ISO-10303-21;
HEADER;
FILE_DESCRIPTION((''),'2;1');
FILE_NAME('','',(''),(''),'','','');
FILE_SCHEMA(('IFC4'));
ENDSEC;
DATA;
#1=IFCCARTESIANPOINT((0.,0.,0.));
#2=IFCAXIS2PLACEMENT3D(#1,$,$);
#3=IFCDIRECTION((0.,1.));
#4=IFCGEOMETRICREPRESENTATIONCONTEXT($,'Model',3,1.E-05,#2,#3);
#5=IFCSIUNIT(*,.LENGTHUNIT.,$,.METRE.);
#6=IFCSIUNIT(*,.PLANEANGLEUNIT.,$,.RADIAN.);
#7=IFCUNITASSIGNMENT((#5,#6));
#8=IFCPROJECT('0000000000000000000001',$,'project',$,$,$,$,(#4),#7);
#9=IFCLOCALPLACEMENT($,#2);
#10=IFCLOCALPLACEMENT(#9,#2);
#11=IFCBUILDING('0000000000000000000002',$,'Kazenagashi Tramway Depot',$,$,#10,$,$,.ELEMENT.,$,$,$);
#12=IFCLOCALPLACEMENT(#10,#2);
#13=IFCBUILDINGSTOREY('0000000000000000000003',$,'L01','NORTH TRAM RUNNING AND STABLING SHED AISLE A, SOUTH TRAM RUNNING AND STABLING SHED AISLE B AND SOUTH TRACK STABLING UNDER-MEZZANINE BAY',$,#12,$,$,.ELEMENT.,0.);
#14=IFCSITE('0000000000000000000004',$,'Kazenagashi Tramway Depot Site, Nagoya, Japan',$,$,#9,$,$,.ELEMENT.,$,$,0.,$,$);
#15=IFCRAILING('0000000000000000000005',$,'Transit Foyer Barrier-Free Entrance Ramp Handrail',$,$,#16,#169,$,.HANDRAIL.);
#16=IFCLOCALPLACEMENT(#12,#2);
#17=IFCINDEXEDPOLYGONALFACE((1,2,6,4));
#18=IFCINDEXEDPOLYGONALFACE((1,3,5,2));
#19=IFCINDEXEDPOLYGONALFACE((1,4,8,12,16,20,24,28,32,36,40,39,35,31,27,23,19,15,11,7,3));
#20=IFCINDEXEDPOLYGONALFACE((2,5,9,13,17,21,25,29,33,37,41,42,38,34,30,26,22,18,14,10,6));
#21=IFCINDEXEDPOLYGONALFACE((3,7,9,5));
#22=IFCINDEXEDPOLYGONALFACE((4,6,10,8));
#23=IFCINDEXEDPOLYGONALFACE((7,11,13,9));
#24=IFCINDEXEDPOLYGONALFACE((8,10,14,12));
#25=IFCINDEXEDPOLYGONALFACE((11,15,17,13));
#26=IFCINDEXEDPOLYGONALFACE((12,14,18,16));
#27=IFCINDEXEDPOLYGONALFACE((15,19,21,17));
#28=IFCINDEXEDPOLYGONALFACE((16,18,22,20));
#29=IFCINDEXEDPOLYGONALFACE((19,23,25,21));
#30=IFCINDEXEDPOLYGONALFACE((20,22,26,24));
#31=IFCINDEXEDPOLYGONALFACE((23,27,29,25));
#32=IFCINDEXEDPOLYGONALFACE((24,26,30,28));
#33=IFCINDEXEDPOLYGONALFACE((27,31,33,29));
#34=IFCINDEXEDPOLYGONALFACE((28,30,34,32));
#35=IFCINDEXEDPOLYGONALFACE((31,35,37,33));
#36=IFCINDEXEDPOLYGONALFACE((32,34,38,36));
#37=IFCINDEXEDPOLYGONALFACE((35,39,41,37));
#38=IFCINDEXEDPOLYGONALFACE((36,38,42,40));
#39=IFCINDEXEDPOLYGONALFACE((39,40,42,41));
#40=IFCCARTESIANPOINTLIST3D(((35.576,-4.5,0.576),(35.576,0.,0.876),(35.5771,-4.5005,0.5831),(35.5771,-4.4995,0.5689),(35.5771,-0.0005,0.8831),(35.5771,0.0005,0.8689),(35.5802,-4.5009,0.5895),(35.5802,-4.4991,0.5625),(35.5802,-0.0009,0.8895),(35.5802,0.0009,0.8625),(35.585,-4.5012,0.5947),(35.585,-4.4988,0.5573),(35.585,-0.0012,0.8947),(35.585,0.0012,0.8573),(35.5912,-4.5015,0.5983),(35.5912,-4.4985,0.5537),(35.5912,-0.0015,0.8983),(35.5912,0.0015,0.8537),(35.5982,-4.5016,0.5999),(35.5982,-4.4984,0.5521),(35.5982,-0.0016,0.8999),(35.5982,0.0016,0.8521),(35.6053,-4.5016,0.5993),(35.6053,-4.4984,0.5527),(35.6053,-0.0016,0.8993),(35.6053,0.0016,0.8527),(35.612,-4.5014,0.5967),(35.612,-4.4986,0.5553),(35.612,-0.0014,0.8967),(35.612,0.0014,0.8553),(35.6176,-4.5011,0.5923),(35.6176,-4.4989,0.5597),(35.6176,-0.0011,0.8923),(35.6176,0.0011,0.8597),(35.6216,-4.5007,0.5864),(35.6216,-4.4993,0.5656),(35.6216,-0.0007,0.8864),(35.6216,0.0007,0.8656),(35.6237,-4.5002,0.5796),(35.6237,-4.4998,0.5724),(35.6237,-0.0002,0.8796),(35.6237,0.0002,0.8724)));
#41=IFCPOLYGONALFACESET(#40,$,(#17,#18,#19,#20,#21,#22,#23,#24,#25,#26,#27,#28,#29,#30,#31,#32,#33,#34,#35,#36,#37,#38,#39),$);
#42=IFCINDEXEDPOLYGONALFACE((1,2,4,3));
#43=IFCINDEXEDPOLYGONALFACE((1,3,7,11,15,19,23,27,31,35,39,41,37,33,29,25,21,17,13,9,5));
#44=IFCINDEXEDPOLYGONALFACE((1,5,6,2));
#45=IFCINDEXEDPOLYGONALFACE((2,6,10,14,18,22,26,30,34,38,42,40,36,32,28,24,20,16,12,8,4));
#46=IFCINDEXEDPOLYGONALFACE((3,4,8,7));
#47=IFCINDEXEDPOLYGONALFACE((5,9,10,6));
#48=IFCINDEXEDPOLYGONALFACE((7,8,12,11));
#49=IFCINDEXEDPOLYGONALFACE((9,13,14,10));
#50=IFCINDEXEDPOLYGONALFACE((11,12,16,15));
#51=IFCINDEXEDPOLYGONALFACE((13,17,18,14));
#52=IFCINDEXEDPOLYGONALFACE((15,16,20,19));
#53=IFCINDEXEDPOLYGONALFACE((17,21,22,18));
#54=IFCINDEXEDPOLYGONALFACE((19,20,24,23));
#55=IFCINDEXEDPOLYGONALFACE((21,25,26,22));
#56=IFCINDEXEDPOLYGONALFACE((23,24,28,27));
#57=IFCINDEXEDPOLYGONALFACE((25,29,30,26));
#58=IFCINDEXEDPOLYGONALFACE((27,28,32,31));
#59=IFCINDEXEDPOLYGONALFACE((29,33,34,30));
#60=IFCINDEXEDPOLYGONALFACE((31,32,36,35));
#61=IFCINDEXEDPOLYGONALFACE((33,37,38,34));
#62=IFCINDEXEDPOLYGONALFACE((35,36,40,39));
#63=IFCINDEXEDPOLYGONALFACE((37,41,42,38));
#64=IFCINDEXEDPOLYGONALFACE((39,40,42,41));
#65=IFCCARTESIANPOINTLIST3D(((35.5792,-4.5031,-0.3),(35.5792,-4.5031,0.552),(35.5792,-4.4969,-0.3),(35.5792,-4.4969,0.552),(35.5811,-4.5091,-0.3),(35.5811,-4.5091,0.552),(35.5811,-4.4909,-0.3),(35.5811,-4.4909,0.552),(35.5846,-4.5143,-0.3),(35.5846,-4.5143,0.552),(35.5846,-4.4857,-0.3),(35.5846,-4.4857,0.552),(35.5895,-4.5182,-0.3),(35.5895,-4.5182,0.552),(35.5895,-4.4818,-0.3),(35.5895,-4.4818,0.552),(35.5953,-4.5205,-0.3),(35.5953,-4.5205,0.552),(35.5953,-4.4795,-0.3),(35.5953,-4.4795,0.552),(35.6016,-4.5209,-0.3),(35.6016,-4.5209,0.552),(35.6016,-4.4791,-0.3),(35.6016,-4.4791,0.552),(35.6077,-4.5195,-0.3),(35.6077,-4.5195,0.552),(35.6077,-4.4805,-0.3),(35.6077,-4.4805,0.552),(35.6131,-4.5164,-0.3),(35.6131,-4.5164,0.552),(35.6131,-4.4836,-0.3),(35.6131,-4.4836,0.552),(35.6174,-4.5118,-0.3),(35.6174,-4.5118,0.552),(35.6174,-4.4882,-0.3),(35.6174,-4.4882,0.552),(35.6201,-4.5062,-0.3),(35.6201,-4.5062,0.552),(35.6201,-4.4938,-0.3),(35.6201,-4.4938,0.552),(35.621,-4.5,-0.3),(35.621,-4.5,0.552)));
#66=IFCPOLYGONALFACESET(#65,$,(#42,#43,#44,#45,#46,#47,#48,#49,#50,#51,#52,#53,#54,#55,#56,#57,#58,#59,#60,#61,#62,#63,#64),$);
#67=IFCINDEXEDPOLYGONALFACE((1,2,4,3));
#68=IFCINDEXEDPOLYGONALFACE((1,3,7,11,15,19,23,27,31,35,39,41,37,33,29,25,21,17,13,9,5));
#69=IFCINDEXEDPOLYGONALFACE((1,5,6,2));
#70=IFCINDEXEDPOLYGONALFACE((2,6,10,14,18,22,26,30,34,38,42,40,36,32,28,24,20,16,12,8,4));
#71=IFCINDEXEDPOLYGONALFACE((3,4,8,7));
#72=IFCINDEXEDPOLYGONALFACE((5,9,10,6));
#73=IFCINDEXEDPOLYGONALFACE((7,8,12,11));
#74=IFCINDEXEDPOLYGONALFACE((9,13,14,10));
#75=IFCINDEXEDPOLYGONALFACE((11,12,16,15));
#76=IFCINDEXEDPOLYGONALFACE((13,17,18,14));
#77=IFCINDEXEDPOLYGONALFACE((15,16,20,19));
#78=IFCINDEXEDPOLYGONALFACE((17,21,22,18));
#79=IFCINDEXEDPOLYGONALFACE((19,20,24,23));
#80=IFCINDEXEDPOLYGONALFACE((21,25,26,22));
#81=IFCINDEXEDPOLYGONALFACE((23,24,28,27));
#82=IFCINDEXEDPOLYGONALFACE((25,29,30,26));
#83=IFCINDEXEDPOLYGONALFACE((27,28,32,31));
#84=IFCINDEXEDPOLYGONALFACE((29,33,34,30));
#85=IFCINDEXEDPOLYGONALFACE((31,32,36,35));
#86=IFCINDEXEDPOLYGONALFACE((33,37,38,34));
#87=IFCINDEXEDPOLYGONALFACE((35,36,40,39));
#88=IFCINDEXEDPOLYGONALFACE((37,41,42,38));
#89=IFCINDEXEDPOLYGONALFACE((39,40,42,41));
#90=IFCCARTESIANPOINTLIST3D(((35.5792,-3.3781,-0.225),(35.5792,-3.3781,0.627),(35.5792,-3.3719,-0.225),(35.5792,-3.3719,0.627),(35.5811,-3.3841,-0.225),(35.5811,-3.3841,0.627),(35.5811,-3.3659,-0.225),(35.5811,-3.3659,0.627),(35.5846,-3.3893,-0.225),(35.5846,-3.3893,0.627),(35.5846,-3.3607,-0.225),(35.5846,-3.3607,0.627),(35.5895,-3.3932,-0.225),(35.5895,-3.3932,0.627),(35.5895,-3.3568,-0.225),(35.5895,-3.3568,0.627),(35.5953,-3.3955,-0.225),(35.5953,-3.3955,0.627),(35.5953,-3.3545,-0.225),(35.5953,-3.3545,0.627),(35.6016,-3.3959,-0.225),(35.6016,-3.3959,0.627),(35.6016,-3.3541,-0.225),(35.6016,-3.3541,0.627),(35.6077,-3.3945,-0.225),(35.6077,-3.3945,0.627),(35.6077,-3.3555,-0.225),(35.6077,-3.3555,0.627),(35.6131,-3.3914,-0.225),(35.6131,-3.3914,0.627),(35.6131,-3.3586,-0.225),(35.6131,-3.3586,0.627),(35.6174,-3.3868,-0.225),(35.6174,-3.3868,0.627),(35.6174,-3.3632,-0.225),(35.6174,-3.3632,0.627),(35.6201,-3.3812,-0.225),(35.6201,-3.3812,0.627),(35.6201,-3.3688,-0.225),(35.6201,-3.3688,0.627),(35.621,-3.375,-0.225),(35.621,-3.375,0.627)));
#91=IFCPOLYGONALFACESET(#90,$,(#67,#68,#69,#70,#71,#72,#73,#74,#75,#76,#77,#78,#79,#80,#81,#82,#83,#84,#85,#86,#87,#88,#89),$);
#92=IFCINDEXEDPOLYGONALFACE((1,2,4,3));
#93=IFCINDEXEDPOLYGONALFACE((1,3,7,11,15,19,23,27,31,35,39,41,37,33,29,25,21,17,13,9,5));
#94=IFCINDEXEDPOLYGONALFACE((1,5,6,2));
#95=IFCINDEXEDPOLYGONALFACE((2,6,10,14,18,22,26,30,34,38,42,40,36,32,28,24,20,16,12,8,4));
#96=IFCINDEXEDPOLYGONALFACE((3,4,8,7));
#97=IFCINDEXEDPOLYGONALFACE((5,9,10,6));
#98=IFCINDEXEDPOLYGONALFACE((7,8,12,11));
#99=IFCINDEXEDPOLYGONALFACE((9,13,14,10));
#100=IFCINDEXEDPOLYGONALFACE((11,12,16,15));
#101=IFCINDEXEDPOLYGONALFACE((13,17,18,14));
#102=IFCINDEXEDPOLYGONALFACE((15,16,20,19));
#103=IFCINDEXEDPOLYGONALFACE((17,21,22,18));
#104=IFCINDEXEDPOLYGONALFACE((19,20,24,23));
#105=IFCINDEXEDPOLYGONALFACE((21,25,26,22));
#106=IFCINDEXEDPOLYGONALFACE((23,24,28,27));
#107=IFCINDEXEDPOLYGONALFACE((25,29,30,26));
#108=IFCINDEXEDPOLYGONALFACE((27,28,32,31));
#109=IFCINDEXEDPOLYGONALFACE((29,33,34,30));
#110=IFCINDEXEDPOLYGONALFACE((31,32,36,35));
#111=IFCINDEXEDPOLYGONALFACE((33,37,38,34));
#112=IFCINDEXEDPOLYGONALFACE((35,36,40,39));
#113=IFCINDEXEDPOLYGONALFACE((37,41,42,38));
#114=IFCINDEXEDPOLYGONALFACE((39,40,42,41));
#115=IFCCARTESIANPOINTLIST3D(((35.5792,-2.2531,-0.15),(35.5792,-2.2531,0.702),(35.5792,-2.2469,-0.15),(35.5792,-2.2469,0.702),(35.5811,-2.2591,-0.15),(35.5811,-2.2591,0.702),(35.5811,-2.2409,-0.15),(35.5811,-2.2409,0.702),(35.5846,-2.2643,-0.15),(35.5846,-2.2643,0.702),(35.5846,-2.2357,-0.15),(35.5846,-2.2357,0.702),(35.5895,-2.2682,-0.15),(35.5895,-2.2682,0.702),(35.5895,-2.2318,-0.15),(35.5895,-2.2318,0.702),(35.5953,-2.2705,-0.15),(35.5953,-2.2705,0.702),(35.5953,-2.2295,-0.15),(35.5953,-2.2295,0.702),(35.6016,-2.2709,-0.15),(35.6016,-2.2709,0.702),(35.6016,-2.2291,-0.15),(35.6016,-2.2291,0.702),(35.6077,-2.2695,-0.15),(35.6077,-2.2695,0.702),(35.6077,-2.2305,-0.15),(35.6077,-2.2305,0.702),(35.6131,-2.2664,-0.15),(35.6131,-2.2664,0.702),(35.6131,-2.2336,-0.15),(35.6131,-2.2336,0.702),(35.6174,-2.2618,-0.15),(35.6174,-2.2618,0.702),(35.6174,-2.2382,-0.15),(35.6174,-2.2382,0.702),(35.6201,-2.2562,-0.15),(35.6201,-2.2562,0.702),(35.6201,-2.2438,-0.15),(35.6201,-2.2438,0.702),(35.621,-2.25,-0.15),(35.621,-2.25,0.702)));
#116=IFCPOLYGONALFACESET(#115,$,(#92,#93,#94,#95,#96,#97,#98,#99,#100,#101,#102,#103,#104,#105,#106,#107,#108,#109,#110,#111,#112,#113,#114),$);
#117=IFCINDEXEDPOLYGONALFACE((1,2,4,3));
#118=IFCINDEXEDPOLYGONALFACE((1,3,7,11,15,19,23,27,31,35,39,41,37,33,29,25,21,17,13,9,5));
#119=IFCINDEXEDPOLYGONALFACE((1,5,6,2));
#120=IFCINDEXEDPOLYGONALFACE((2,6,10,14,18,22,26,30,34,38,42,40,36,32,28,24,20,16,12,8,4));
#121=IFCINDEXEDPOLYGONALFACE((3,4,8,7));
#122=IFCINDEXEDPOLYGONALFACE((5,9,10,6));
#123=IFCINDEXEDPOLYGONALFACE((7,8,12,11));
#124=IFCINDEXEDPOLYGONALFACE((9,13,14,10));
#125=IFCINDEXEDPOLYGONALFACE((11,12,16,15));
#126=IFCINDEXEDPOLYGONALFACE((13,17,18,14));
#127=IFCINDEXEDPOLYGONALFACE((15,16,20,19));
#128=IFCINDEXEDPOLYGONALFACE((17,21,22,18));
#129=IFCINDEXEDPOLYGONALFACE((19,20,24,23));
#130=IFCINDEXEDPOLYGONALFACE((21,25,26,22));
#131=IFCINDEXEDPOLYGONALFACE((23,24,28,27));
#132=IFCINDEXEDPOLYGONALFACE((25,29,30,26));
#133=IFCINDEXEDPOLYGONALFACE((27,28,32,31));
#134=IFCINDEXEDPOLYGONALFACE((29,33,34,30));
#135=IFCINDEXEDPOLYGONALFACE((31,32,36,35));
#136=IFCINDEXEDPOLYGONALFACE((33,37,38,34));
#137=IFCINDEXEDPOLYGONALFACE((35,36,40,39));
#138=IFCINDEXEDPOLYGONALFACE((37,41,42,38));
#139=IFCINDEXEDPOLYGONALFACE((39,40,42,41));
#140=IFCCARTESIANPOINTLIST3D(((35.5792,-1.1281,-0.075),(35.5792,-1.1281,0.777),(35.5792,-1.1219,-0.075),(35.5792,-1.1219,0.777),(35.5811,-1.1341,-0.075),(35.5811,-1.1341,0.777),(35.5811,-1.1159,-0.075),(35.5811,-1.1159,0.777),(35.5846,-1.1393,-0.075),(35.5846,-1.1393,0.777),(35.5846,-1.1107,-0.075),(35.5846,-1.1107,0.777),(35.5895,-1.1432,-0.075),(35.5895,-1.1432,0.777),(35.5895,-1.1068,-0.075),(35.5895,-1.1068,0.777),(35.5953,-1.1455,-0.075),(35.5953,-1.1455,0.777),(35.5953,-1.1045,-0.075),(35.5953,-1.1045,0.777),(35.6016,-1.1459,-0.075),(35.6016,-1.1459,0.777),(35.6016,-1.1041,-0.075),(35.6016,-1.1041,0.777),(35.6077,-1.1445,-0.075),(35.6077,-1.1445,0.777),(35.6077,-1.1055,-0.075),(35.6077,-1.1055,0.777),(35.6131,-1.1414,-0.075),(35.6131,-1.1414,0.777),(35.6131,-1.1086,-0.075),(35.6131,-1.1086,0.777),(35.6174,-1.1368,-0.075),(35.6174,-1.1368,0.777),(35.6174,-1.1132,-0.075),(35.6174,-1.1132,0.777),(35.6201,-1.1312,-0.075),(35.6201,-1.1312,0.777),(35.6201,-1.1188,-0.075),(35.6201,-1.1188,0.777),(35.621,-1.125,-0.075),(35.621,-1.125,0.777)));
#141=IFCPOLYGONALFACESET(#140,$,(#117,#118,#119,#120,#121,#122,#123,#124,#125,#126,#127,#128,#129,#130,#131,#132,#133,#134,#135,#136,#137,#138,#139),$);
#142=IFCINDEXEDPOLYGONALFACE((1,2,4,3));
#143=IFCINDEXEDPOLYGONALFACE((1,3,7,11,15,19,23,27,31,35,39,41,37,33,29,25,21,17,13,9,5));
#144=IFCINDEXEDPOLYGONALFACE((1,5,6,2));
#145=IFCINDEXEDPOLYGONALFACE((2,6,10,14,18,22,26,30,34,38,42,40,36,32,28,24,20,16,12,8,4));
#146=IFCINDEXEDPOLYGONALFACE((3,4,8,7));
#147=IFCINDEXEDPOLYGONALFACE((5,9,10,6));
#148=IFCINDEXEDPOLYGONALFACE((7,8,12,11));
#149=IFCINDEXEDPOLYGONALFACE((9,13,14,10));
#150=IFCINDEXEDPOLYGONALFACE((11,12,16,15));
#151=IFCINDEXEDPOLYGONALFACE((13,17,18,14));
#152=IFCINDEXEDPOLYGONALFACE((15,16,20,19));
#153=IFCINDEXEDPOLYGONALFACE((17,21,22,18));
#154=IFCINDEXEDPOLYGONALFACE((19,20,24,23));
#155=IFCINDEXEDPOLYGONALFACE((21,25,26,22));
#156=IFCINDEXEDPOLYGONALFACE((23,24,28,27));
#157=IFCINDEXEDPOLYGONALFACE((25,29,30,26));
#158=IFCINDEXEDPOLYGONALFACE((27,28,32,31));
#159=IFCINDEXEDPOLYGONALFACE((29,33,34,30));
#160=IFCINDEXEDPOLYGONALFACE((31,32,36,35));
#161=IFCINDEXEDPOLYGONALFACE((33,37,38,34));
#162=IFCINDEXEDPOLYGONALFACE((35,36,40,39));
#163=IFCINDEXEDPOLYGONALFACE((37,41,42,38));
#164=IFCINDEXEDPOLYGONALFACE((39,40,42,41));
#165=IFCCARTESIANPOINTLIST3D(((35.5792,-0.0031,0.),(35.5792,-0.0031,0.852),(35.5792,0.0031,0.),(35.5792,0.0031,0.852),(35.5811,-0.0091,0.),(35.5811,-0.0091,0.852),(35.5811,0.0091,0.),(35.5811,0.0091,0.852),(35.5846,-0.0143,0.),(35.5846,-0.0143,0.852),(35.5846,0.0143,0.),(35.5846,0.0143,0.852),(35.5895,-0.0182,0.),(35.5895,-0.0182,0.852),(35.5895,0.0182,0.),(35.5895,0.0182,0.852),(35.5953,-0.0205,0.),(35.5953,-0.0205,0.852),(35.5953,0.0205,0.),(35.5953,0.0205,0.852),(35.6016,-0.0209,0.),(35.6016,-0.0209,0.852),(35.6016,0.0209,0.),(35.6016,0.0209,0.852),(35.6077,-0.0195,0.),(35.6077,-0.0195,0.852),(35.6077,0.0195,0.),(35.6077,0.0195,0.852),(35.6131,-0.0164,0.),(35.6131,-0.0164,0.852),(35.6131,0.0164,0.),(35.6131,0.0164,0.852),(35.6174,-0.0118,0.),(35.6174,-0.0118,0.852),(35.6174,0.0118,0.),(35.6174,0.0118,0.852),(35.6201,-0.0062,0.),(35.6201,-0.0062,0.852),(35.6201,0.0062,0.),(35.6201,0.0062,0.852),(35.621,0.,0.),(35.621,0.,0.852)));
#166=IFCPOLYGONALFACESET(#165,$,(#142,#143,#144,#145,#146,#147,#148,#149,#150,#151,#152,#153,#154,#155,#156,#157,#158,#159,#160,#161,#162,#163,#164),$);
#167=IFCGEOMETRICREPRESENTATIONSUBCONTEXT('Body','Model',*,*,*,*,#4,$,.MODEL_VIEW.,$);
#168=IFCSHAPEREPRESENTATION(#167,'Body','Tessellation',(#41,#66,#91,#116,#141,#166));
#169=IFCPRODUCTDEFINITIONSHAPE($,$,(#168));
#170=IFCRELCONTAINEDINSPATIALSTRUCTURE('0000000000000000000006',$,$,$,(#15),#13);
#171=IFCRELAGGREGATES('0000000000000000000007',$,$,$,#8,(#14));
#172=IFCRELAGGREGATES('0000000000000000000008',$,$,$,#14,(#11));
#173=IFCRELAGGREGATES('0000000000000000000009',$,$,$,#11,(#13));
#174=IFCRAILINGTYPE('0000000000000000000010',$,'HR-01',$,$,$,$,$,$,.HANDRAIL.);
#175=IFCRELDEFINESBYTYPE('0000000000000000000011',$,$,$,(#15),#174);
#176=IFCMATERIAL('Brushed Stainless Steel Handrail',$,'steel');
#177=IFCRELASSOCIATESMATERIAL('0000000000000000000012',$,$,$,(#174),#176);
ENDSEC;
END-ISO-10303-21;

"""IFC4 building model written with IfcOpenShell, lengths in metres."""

from ifc_helpers import new_model, si_unit, direction, frame, origin, origin_2d, place, context, subcontext, project, spatial, circle, extrude, material, type_object, element, save


model = new_model("IFC4")

# Units and contexts
model_context = context("Model", 3, precision=1e-05, world=origin(), true_north=direction((0.0, 1.0)))
body_context = subcontext(model_context, "Body", "Model", "MODEL_VIEW")
ifc_project = project(units=[si_unit("LENGTHUNIT", "METRE"), si_unit("PLANEANGLEUNIT", "RADIAN")], contexts=[model_context])

# Site, building, storey
site_placement = place(None, origin())
site = spatial("IfcSite", under=ifc_project, at=site_placement, Name="Kazenagashi Tramway Depot Site, Nagoya, Japan", CompositionType="ELEMENT", RefElevation=0.0)
building_placement = place(site_placement, origin())
building = spatial("IfcBuilding", under=site, at=building_placement, Name="Kazenagashi Tramway Depot", CompositionType="ELEMENT")
storey_placement = place(building_placement, origin())
storey = spatial("IfcBuildingStorey", under=building, at=storey_placement, Name="L01", Description="NORTH TRAM RUNNING AND STABLING SHED AISLE A, SOUTH TRAM RUNNING AND STABLING SHED AISLE B AND SOUTH TRACK STABLING UNDER-MEZZANINE BAY", CompositionType="ELEMENT", Elevation=0.0)

# Railing
ifc_material_1 = material(Name="Brushed Stainless Steel Handrail", Category="steel")
railing_type = type_object("IfcRailingType", Name="HR-01", PredefinedType="HANDRAIL", material=ifc_material_1)
railing_placement = place(storey_placement, frame((35.6, -4.5, -0.3)))
element("IfcRailing", 1, at=railing_placement, inside=storey, type_object=railing_type, Name="Transit Foyer Barrier-Free Entrance Ramp Handrail", PredefinedType="HANDRAIL", context=body_context, shape_type="SweptSolid", body=[
    extrude(circle(Radius=0.024, at=origin_2d()), frame((0.0, 0.0, 0.876), z_axis=(0.0, 0.997785, 0.066519), x_axis=(-1.0, 0.0, 0.0)), (0.0, 0.0, 1.0), 4.51),
    extrude(circle(Radius=0.021, at=origin_2d()), origin(), (0.0, 0.0, 1.0), 0.852),
    extrude(circle(Radius=0.021, at=origin_2d()), frame((0.0, 1.125, 0.075)), (0.0, 0.0, 1.0), 0.852),
    extrude(circle(Radius=0.021, at=origin_2d()), frame((0.0, 2.25, 0.15)), (0.0, 0.0, 1.0), 0.852),
    extrude(circle(Radius=0.021, at=origin_2d()), frame((0.0, 3.375, 0.225)), (0.0, 0.0, 1.0), 0.852),
    extrude(circle(Radius=0.021, at=origin_2d()), frame((0.0, 4.5, 0.3)), (0.0, 0.0, 1.0), 0.852),
])

save(model, "model.ifc")
